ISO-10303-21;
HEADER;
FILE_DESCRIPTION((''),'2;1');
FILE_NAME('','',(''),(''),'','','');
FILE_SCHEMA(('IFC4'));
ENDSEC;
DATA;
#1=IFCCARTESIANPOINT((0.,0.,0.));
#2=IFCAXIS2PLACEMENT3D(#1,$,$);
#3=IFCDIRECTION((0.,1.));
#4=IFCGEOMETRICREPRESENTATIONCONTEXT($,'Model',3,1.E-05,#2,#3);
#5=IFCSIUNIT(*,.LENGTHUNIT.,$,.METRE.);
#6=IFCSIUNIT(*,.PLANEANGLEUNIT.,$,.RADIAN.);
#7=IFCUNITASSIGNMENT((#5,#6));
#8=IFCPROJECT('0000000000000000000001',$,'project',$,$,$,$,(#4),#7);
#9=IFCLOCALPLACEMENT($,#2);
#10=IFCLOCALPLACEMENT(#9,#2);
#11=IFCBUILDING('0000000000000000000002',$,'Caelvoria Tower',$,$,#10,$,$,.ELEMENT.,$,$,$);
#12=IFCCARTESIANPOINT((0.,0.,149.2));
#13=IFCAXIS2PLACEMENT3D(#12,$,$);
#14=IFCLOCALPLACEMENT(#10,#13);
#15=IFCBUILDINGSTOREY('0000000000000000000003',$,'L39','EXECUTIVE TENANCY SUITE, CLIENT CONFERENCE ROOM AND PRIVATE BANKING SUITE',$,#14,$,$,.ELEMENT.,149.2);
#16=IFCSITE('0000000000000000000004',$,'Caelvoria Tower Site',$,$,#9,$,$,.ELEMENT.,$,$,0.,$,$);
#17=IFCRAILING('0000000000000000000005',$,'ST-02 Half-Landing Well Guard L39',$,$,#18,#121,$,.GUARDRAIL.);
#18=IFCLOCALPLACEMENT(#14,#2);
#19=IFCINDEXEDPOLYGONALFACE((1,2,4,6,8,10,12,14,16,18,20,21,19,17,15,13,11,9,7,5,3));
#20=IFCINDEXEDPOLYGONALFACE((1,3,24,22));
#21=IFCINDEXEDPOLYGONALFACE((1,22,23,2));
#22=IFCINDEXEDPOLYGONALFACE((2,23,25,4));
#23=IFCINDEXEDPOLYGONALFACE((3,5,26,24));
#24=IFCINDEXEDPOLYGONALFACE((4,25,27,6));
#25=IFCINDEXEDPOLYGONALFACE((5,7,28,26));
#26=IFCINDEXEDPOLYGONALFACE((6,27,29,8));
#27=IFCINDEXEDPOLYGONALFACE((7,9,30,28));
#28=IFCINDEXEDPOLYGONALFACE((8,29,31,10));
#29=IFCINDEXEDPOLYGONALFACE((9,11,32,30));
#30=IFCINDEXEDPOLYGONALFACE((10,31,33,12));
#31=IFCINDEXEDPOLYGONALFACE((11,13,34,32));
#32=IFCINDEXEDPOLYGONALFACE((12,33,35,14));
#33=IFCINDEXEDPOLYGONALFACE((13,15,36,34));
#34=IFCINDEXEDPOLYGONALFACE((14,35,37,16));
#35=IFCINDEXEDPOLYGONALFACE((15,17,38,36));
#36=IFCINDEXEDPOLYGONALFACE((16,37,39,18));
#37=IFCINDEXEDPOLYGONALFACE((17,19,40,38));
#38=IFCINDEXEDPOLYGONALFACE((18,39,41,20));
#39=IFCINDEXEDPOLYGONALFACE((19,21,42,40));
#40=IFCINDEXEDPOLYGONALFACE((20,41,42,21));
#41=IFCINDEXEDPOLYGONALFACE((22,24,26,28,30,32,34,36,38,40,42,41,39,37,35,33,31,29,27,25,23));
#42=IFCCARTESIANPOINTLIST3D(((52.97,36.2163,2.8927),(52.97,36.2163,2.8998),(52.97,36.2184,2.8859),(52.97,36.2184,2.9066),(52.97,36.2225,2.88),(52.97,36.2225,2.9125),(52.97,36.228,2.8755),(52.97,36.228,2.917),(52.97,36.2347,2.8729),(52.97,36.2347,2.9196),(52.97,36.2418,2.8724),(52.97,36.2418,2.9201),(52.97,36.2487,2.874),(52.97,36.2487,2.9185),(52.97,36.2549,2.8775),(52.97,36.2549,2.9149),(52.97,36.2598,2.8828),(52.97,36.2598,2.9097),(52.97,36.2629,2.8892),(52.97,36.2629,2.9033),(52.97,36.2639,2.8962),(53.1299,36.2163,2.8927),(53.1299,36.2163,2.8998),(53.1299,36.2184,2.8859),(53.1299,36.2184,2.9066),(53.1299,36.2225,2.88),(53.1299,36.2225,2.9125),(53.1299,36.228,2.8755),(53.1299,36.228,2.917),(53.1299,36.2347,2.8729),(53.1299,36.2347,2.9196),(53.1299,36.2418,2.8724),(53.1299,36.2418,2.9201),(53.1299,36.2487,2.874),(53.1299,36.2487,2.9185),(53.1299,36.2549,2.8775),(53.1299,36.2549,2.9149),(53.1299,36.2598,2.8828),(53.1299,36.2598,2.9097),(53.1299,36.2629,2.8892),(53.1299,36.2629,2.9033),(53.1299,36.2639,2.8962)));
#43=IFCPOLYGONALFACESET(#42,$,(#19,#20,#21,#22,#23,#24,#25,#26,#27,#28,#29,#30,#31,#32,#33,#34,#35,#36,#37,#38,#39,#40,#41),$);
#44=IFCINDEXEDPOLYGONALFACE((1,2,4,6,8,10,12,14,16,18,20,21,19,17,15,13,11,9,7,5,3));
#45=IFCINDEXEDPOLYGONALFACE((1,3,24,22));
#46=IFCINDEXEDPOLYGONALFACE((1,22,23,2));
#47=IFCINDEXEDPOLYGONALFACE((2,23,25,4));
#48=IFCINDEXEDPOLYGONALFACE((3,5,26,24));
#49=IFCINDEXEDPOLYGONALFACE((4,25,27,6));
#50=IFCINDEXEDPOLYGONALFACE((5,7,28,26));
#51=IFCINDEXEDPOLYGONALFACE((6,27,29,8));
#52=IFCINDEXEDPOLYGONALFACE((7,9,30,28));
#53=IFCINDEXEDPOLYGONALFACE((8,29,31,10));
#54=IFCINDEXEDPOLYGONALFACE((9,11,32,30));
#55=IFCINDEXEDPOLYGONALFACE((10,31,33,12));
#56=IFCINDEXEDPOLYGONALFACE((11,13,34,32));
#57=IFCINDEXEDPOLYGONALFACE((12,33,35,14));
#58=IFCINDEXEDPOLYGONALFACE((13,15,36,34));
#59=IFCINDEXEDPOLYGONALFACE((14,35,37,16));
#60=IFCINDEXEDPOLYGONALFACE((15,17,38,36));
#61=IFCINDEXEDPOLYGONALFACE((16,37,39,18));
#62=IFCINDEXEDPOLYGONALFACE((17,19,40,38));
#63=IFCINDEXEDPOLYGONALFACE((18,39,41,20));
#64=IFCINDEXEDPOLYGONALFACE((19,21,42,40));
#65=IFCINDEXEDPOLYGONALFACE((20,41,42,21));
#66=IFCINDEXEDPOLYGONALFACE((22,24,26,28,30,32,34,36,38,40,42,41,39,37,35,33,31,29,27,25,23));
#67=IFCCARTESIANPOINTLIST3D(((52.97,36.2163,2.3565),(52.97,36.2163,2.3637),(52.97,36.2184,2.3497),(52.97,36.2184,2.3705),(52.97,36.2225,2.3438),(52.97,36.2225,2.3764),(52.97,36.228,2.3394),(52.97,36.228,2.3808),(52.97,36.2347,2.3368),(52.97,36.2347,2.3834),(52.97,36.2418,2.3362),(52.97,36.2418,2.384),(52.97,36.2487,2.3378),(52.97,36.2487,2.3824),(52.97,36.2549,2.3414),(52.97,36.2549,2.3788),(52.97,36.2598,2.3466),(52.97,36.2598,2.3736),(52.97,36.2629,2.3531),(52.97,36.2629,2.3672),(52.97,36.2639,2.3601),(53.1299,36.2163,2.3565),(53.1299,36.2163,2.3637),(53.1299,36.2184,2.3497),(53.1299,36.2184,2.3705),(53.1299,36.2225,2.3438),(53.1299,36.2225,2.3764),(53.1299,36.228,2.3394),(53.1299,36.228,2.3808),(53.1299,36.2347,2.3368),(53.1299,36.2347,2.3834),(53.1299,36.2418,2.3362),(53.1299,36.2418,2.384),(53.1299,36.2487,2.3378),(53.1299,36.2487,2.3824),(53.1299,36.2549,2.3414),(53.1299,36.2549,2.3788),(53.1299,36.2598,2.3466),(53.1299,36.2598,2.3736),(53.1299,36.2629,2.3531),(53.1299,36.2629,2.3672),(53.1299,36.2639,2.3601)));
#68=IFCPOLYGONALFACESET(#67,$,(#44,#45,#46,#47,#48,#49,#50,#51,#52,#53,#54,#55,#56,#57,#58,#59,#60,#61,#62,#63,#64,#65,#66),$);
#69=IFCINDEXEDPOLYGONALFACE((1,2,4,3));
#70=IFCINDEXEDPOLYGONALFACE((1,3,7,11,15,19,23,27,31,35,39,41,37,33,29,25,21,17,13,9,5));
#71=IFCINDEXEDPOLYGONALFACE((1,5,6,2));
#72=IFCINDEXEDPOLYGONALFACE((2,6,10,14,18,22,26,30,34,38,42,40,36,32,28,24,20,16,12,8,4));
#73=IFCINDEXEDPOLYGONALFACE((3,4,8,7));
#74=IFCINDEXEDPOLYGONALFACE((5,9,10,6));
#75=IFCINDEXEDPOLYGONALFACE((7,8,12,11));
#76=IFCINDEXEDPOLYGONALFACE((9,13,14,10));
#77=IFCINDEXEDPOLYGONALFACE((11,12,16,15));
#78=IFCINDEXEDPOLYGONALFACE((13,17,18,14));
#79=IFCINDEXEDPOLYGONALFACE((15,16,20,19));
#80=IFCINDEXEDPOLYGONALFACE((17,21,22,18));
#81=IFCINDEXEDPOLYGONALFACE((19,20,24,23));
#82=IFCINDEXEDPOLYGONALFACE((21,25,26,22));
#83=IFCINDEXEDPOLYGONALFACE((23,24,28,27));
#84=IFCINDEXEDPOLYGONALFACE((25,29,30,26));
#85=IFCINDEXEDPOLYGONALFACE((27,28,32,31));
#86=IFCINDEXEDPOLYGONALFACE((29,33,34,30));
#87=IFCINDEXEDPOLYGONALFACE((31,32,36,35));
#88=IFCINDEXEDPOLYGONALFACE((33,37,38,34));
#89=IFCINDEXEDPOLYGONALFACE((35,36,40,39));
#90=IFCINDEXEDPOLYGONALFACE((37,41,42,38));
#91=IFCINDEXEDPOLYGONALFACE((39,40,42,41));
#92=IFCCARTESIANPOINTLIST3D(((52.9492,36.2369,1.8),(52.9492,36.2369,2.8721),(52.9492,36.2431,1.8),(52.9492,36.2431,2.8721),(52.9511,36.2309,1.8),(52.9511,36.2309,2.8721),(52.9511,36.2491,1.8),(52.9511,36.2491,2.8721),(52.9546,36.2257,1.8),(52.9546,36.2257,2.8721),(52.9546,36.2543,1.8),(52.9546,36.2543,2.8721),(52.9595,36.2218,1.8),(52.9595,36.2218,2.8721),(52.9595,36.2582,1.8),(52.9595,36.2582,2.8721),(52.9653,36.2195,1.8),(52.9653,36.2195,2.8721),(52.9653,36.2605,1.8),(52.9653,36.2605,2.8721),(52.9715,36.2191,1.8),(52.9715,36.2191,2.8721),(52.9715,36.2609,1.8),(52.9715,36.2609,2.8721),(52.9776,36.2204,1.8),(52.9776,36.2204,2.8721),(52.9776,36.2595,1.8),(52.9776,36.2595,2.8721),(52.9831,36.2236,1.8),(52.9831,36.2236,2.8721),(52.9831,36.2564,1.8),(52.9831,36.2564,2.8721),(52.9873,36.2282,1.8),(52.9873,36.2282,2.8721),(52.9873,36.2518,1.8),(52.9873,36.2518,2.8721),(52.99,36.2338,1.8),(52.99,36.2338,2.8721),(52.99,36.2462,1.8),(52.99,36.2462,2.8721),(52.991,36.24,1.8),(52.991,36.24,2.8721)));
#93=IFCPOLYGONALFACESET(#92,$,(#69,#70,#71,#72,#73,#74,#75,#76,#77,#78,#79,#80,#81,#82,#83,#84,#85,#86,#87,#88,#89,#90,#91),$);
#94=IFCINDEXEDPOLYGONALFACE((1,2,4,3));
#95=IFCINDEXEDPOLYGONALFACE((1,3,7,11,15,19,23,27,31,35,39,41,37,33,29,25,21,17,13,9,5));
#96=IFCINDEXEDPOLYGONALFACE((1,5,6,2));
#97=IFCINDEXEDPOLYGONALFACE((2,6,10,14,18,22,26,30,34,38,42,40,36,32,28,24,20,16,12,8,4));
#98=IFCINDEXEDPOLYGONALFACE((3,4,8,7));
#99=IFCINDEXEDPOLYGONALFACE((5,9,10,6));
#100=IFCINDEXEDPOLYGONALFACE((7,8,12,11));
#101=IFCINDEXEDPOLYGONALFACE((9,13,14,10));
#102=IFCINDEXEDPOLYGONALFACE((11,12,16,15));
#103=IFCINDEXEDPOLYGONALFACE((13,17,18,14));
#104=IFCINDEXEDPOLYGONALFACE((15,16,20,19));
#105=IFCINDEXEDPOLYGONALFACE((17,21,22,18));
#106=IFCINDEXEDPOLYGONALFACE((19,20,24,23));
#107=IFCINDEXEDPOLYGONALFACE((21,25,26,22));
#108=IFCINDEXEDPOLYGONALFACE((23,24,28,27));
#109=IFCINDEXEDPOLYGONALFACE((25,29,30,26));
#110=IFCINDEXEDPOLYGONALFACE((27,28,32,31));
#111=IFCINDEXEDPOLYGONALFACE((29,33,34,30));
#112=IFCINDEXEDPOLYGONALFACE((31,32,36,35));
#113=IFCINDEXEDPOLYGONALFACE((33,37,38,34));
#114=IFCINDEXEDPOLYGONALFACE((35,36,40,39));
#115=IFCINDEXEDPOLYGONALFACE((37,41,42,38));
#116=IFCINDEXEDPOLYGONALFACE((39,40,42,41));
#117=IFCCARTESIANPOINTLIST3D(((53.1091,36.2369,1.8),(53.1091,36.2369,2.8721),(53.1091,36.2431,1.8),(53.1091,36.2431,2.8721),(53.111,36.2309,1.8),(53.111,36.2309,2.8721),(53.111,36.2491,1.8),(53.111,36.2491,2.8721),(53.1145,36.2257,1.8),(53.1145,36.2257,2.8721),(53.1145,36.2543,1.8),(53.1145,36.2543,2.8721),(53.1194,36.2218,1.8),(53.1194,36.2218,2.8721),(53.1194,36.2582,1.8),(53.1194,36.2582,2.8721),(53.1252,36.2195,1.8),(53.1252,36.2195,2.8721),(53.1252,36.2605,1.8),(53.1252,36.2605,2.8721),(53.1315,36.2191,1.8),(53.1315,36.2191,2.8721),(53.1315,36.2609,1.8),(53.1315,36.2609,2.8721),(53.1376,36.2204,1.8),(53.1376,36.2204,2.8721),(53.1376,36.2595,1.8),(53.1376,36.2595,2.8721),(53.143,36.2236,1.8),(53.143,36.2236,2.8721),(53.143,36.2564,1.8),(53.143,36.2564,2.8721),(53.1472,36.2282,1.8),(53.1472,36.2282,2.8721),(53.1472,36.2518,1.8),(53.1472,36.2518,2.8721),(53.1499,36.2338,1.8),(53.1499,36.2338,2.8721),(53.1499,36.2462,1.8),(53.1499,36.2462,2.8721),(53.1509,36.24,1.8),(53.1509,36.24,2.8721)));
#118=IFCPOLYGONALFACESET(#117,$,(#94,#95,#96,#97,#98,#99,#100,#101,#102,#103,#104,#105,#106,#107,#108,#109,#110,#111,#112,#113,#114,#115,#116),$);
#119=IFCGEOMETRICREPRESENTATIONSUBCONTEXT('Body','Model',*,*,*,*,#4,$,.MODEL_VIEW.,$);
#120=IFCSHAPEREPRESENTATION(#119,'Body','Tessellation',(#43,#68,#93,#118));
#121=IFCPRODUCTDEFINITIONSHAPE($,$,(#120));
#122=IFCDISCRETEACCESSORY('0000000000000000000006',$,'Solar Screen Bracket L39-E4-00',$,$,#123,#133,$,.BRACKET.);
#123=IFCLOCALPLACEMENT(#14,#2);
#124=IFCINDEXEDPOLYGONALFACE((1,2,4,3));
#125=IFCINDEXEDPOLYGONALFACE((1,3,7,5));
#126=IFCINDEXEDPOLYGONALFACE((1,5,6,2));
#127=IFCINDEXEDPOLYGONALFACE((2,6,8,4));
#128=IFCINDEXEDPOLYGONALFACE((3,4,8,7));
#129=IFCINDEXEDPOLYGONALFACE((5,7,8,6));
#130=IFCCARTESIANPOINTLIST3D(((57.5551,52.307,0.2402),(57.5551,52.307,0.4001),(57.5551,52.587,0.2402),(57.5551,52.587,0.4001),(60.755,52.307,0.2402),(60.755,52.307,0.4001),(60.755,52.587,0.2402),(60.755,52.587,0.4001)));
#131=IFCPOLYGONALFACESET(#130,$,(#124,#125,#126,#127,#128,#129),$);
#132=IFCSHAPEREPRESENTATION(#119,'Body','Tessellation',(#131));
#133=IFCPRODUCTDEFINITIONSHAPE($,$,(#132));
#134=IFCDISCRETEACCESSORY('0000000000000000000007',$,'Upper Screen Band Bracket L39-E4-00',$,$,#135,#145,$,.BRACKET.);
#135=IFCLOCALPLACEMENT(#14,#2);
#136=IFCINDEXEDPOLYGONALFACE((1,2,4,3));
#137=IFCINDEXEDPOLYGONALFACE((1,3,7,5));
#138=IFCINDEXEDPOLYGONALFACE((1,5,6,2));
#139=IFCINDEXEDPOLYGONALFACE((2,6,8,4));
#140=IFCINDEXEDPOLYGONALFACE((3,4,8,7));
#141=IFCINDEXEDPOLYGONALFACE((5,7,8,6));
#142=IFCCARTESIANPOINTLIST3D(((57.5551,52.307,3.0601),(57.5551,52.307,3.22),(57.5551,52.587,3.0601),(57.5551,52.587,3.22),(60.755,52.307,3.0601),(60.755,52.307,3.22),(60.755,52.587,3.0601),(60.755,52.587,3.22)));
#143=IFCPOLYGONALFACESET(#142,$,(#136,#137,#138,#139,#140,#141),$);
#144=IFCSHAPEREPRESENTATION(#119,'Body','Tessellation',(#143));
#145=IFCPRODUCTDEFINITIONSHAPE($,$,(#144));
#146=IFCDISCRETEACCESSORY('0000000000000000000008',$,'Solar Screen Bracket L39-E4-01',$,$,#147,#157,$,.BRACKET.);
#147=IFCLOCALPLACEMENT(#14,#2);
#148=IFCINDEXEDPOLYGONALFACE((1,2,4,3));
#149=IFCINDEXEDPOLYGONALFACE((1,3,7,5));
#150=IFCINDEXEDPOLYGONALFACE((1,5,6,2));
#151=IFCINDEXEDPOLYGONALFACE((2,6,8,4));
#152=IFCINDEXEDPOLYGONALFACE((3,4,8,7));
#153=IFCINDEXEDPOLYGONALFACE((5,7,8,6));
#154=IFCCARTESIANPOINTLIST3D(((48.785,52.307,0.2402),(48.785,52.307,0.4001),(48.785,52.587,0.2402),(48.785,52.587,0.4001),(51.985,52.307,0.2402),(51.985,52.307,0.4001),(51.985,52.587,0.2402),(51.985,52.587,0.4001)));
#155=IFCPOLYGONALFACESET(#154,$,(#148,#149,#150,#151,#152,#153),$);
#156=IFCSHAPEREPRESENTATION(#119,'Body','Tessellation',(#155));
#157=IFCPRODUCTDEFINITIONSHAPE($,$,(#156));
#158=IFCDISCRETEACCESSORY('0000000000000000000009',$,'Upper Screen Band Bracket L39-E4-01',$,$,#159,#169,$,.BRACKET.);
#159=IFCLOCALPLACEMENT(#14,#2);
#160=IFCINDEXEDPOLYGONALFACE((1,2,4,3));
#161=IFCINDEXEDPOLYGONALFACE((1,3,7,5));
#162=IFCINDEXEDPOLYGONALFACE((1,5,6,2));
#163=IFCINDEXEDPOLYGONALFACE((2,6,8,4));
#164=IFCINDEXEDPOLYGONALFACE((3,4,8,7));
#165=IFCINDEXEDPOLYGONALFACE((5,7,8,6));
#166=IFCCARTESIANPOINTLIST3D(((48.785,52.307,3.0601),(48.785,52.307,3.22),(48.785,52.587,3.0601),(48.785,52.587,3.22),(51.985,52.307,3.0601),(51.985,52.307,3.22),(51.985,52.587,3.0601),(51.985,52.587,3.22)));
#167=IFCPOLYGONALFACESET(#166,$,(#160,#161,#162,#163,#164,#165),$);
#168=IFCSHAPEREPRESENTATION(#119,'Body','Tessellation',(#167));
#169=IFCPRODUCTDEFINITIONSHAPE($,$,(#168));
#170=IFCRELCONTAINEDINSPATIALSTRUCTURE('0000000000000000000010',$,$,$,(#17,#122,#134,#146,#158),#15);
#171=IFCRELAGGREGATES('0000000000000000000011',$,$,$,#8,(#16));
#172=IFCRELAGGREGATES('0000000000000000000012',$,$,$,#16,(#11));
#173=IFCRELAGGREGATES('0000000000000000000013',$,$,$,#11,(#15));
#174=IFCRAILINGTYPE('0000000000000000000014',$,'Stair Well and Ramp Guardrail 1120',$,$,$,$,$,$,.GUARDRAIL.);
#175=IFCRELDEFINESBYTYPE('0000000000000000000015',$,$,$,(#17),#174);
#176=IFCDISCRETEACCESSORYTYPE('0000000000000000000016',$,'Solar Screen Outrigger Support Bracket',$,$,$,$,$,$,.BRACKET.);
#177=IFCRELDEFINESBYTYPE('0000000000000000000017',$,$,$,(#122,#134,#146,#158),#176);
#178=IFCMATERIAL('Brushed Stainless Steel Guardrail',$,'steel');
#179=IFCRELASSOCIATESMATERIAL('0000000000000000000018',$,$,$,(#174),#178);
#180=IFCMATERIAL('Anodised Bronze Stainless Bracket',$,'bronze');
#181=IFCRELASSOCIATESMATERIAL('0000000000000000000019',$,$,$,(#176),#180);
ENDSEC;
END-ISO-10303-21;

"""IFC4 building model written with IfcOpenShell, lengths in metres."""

from ifc_helpers import new_model, si_unit, direction, frame, origin, origin_2d, place, context, subcontext, project, spatial, rectangle, circle, extrude, material, type_object, element, save


model = new_model("IFC4")

# Units and contexts
model_context = context("Model", 3, precision=1e-05, world=origin(), true_north=direction((0.0, 1.0)))
body_context = subcontext(model_context, "Body", "Model", "MODEL_VIEW")
ifc_project = project(units=[si_unit("LENGTHUNIT", "METRE"), si_unit("PLANEANGLEUNIT", "RADIAN")], contexts=[model_context])

# Site, building, storey
site_placement = place(None, origin())
site = spatial("IfcSite", under=ifc_project, at=site_placement, Name="Caelvoria Tower Site", CompositionType="ELEMENT", RefElevation=0.0)
building_placement = place(site_placement, origin())
building = spatial("IfcBuilding", under=site, at=building_placement, Name="Caelvoria Tower", CompositionType="ELEMENT")
storey_placement = place(building_placement, frame((0.0, 0.0, 149.2)))
storey = spatial("IfcBuildingStorey", under=building, at=storey_placement, Name="L39", Description="EXECUTIVE TENANCY SUITE, CLIENT CONFERENCE ROOM AND PRIVATE BANKING SUITE", CompositionType="ELEMENT", Elevation=149.2)

# Railing
ifc_material_1 = material(Name="Brushed Stainless Steel Guardrail", Category="steel")
railing_type_1 = type_object("IfcRailingType", Name="Stair Well and Ramp Guardrail 1120", PredefinedType="GUARDRAIL", material=ifc_material_1)
railing_1_placement = place(storey_placement, frame((52.97, 36.24, 1.8)))
element("IfcRailing", 1, at=railing_1_placement, inside=storey, type_object=railing_type_1, Name="ST-02 Half-Landing Well Guard L39", PredefinedType="GUARDRAIL", context=body_context, shape_type="SweptSolid", body=[
    extrude(circle(Radius=0.0239, at=origin_2d()), frame((0.0, 0.0, 1.0962), z_axis=(1.0, 0.0, 0.0), x_axis=(0.0, 1.0, 0.0)), (0.0, 0.0, 1.0), 0.1599),
    extrude(circle(Radius=0.0239, at=origin_2d()), frame((0.0, 0.0, 0.5601), z_axis=(1.0, 0.0, 0.0), x_axis=(0.0, 1.0, 0.0)), (0.0, 0.0, 1.0), 0.1599),
    extrude(circle(Radius=0.021, at=origin_2d()), origin(), (0.0, 0.0, 1.0), 1.072),
    extrude(circle(Radius=0.021, at=origin_2d()), frame((0.1599, 0.0, 0.0)), (0.0, 0.0, 1.0), 1.072),
])

# Discrete accessories
ifc_material_2 = material(Name="Anodised Bronze Stainless Bracket", Category="bronze")
discrete_accessory_type = type_object("IfcDiscreteAccessoryType", Name="Solar Screen Outrigger Support Bracket", PredefinedType="BRACKET", material=ifc_material_2)
for number, where, z_axis, x_axis, name in (
    (2, (59.155, 52.447, 0.2402), (0.0, 0.0, 1.0), (-1.0, 0.0, 0.0), "Solar Screen Bracket L39-E4-00"),
    (3, (59.155, 52.447, 3.0601), (0.0, 0.0, 1.0), (-1.0, 0.0, 0.0), "Upper Screen Band Bracket L39-E4-00"),
    (4, (50.385, 52.447, 0.2402), (0.0, 0.0, 1.0), (-1.0, 0.0, 0.0), "Solar Screen Bracket L39-E4-01"),
    (5, (50.385, 52.447, 3.0601), (0.0, 0.0, 1.0), (-1.0, 0.0, 0.0), "Upper Screen Band Bracket L39-E4-01"),
):
    element("IfcDiscreteAccessory", number, at=place(storey_placement, frame(where, z_axis=z_axis, x_axis=x_axis)), inside=storey, type_object=discrete_accessory_type, Name=name, PredefinedType="BRACKET", context=body_context, shape_type="SweptSolid", body=[
        extrude(rectangle(XDim=3.2, YDim=0.28, at=origin_2d()), origin(), (0.0, 0.0, 1.0), 0.1599),
    ])

save(model, "model.ifc")
